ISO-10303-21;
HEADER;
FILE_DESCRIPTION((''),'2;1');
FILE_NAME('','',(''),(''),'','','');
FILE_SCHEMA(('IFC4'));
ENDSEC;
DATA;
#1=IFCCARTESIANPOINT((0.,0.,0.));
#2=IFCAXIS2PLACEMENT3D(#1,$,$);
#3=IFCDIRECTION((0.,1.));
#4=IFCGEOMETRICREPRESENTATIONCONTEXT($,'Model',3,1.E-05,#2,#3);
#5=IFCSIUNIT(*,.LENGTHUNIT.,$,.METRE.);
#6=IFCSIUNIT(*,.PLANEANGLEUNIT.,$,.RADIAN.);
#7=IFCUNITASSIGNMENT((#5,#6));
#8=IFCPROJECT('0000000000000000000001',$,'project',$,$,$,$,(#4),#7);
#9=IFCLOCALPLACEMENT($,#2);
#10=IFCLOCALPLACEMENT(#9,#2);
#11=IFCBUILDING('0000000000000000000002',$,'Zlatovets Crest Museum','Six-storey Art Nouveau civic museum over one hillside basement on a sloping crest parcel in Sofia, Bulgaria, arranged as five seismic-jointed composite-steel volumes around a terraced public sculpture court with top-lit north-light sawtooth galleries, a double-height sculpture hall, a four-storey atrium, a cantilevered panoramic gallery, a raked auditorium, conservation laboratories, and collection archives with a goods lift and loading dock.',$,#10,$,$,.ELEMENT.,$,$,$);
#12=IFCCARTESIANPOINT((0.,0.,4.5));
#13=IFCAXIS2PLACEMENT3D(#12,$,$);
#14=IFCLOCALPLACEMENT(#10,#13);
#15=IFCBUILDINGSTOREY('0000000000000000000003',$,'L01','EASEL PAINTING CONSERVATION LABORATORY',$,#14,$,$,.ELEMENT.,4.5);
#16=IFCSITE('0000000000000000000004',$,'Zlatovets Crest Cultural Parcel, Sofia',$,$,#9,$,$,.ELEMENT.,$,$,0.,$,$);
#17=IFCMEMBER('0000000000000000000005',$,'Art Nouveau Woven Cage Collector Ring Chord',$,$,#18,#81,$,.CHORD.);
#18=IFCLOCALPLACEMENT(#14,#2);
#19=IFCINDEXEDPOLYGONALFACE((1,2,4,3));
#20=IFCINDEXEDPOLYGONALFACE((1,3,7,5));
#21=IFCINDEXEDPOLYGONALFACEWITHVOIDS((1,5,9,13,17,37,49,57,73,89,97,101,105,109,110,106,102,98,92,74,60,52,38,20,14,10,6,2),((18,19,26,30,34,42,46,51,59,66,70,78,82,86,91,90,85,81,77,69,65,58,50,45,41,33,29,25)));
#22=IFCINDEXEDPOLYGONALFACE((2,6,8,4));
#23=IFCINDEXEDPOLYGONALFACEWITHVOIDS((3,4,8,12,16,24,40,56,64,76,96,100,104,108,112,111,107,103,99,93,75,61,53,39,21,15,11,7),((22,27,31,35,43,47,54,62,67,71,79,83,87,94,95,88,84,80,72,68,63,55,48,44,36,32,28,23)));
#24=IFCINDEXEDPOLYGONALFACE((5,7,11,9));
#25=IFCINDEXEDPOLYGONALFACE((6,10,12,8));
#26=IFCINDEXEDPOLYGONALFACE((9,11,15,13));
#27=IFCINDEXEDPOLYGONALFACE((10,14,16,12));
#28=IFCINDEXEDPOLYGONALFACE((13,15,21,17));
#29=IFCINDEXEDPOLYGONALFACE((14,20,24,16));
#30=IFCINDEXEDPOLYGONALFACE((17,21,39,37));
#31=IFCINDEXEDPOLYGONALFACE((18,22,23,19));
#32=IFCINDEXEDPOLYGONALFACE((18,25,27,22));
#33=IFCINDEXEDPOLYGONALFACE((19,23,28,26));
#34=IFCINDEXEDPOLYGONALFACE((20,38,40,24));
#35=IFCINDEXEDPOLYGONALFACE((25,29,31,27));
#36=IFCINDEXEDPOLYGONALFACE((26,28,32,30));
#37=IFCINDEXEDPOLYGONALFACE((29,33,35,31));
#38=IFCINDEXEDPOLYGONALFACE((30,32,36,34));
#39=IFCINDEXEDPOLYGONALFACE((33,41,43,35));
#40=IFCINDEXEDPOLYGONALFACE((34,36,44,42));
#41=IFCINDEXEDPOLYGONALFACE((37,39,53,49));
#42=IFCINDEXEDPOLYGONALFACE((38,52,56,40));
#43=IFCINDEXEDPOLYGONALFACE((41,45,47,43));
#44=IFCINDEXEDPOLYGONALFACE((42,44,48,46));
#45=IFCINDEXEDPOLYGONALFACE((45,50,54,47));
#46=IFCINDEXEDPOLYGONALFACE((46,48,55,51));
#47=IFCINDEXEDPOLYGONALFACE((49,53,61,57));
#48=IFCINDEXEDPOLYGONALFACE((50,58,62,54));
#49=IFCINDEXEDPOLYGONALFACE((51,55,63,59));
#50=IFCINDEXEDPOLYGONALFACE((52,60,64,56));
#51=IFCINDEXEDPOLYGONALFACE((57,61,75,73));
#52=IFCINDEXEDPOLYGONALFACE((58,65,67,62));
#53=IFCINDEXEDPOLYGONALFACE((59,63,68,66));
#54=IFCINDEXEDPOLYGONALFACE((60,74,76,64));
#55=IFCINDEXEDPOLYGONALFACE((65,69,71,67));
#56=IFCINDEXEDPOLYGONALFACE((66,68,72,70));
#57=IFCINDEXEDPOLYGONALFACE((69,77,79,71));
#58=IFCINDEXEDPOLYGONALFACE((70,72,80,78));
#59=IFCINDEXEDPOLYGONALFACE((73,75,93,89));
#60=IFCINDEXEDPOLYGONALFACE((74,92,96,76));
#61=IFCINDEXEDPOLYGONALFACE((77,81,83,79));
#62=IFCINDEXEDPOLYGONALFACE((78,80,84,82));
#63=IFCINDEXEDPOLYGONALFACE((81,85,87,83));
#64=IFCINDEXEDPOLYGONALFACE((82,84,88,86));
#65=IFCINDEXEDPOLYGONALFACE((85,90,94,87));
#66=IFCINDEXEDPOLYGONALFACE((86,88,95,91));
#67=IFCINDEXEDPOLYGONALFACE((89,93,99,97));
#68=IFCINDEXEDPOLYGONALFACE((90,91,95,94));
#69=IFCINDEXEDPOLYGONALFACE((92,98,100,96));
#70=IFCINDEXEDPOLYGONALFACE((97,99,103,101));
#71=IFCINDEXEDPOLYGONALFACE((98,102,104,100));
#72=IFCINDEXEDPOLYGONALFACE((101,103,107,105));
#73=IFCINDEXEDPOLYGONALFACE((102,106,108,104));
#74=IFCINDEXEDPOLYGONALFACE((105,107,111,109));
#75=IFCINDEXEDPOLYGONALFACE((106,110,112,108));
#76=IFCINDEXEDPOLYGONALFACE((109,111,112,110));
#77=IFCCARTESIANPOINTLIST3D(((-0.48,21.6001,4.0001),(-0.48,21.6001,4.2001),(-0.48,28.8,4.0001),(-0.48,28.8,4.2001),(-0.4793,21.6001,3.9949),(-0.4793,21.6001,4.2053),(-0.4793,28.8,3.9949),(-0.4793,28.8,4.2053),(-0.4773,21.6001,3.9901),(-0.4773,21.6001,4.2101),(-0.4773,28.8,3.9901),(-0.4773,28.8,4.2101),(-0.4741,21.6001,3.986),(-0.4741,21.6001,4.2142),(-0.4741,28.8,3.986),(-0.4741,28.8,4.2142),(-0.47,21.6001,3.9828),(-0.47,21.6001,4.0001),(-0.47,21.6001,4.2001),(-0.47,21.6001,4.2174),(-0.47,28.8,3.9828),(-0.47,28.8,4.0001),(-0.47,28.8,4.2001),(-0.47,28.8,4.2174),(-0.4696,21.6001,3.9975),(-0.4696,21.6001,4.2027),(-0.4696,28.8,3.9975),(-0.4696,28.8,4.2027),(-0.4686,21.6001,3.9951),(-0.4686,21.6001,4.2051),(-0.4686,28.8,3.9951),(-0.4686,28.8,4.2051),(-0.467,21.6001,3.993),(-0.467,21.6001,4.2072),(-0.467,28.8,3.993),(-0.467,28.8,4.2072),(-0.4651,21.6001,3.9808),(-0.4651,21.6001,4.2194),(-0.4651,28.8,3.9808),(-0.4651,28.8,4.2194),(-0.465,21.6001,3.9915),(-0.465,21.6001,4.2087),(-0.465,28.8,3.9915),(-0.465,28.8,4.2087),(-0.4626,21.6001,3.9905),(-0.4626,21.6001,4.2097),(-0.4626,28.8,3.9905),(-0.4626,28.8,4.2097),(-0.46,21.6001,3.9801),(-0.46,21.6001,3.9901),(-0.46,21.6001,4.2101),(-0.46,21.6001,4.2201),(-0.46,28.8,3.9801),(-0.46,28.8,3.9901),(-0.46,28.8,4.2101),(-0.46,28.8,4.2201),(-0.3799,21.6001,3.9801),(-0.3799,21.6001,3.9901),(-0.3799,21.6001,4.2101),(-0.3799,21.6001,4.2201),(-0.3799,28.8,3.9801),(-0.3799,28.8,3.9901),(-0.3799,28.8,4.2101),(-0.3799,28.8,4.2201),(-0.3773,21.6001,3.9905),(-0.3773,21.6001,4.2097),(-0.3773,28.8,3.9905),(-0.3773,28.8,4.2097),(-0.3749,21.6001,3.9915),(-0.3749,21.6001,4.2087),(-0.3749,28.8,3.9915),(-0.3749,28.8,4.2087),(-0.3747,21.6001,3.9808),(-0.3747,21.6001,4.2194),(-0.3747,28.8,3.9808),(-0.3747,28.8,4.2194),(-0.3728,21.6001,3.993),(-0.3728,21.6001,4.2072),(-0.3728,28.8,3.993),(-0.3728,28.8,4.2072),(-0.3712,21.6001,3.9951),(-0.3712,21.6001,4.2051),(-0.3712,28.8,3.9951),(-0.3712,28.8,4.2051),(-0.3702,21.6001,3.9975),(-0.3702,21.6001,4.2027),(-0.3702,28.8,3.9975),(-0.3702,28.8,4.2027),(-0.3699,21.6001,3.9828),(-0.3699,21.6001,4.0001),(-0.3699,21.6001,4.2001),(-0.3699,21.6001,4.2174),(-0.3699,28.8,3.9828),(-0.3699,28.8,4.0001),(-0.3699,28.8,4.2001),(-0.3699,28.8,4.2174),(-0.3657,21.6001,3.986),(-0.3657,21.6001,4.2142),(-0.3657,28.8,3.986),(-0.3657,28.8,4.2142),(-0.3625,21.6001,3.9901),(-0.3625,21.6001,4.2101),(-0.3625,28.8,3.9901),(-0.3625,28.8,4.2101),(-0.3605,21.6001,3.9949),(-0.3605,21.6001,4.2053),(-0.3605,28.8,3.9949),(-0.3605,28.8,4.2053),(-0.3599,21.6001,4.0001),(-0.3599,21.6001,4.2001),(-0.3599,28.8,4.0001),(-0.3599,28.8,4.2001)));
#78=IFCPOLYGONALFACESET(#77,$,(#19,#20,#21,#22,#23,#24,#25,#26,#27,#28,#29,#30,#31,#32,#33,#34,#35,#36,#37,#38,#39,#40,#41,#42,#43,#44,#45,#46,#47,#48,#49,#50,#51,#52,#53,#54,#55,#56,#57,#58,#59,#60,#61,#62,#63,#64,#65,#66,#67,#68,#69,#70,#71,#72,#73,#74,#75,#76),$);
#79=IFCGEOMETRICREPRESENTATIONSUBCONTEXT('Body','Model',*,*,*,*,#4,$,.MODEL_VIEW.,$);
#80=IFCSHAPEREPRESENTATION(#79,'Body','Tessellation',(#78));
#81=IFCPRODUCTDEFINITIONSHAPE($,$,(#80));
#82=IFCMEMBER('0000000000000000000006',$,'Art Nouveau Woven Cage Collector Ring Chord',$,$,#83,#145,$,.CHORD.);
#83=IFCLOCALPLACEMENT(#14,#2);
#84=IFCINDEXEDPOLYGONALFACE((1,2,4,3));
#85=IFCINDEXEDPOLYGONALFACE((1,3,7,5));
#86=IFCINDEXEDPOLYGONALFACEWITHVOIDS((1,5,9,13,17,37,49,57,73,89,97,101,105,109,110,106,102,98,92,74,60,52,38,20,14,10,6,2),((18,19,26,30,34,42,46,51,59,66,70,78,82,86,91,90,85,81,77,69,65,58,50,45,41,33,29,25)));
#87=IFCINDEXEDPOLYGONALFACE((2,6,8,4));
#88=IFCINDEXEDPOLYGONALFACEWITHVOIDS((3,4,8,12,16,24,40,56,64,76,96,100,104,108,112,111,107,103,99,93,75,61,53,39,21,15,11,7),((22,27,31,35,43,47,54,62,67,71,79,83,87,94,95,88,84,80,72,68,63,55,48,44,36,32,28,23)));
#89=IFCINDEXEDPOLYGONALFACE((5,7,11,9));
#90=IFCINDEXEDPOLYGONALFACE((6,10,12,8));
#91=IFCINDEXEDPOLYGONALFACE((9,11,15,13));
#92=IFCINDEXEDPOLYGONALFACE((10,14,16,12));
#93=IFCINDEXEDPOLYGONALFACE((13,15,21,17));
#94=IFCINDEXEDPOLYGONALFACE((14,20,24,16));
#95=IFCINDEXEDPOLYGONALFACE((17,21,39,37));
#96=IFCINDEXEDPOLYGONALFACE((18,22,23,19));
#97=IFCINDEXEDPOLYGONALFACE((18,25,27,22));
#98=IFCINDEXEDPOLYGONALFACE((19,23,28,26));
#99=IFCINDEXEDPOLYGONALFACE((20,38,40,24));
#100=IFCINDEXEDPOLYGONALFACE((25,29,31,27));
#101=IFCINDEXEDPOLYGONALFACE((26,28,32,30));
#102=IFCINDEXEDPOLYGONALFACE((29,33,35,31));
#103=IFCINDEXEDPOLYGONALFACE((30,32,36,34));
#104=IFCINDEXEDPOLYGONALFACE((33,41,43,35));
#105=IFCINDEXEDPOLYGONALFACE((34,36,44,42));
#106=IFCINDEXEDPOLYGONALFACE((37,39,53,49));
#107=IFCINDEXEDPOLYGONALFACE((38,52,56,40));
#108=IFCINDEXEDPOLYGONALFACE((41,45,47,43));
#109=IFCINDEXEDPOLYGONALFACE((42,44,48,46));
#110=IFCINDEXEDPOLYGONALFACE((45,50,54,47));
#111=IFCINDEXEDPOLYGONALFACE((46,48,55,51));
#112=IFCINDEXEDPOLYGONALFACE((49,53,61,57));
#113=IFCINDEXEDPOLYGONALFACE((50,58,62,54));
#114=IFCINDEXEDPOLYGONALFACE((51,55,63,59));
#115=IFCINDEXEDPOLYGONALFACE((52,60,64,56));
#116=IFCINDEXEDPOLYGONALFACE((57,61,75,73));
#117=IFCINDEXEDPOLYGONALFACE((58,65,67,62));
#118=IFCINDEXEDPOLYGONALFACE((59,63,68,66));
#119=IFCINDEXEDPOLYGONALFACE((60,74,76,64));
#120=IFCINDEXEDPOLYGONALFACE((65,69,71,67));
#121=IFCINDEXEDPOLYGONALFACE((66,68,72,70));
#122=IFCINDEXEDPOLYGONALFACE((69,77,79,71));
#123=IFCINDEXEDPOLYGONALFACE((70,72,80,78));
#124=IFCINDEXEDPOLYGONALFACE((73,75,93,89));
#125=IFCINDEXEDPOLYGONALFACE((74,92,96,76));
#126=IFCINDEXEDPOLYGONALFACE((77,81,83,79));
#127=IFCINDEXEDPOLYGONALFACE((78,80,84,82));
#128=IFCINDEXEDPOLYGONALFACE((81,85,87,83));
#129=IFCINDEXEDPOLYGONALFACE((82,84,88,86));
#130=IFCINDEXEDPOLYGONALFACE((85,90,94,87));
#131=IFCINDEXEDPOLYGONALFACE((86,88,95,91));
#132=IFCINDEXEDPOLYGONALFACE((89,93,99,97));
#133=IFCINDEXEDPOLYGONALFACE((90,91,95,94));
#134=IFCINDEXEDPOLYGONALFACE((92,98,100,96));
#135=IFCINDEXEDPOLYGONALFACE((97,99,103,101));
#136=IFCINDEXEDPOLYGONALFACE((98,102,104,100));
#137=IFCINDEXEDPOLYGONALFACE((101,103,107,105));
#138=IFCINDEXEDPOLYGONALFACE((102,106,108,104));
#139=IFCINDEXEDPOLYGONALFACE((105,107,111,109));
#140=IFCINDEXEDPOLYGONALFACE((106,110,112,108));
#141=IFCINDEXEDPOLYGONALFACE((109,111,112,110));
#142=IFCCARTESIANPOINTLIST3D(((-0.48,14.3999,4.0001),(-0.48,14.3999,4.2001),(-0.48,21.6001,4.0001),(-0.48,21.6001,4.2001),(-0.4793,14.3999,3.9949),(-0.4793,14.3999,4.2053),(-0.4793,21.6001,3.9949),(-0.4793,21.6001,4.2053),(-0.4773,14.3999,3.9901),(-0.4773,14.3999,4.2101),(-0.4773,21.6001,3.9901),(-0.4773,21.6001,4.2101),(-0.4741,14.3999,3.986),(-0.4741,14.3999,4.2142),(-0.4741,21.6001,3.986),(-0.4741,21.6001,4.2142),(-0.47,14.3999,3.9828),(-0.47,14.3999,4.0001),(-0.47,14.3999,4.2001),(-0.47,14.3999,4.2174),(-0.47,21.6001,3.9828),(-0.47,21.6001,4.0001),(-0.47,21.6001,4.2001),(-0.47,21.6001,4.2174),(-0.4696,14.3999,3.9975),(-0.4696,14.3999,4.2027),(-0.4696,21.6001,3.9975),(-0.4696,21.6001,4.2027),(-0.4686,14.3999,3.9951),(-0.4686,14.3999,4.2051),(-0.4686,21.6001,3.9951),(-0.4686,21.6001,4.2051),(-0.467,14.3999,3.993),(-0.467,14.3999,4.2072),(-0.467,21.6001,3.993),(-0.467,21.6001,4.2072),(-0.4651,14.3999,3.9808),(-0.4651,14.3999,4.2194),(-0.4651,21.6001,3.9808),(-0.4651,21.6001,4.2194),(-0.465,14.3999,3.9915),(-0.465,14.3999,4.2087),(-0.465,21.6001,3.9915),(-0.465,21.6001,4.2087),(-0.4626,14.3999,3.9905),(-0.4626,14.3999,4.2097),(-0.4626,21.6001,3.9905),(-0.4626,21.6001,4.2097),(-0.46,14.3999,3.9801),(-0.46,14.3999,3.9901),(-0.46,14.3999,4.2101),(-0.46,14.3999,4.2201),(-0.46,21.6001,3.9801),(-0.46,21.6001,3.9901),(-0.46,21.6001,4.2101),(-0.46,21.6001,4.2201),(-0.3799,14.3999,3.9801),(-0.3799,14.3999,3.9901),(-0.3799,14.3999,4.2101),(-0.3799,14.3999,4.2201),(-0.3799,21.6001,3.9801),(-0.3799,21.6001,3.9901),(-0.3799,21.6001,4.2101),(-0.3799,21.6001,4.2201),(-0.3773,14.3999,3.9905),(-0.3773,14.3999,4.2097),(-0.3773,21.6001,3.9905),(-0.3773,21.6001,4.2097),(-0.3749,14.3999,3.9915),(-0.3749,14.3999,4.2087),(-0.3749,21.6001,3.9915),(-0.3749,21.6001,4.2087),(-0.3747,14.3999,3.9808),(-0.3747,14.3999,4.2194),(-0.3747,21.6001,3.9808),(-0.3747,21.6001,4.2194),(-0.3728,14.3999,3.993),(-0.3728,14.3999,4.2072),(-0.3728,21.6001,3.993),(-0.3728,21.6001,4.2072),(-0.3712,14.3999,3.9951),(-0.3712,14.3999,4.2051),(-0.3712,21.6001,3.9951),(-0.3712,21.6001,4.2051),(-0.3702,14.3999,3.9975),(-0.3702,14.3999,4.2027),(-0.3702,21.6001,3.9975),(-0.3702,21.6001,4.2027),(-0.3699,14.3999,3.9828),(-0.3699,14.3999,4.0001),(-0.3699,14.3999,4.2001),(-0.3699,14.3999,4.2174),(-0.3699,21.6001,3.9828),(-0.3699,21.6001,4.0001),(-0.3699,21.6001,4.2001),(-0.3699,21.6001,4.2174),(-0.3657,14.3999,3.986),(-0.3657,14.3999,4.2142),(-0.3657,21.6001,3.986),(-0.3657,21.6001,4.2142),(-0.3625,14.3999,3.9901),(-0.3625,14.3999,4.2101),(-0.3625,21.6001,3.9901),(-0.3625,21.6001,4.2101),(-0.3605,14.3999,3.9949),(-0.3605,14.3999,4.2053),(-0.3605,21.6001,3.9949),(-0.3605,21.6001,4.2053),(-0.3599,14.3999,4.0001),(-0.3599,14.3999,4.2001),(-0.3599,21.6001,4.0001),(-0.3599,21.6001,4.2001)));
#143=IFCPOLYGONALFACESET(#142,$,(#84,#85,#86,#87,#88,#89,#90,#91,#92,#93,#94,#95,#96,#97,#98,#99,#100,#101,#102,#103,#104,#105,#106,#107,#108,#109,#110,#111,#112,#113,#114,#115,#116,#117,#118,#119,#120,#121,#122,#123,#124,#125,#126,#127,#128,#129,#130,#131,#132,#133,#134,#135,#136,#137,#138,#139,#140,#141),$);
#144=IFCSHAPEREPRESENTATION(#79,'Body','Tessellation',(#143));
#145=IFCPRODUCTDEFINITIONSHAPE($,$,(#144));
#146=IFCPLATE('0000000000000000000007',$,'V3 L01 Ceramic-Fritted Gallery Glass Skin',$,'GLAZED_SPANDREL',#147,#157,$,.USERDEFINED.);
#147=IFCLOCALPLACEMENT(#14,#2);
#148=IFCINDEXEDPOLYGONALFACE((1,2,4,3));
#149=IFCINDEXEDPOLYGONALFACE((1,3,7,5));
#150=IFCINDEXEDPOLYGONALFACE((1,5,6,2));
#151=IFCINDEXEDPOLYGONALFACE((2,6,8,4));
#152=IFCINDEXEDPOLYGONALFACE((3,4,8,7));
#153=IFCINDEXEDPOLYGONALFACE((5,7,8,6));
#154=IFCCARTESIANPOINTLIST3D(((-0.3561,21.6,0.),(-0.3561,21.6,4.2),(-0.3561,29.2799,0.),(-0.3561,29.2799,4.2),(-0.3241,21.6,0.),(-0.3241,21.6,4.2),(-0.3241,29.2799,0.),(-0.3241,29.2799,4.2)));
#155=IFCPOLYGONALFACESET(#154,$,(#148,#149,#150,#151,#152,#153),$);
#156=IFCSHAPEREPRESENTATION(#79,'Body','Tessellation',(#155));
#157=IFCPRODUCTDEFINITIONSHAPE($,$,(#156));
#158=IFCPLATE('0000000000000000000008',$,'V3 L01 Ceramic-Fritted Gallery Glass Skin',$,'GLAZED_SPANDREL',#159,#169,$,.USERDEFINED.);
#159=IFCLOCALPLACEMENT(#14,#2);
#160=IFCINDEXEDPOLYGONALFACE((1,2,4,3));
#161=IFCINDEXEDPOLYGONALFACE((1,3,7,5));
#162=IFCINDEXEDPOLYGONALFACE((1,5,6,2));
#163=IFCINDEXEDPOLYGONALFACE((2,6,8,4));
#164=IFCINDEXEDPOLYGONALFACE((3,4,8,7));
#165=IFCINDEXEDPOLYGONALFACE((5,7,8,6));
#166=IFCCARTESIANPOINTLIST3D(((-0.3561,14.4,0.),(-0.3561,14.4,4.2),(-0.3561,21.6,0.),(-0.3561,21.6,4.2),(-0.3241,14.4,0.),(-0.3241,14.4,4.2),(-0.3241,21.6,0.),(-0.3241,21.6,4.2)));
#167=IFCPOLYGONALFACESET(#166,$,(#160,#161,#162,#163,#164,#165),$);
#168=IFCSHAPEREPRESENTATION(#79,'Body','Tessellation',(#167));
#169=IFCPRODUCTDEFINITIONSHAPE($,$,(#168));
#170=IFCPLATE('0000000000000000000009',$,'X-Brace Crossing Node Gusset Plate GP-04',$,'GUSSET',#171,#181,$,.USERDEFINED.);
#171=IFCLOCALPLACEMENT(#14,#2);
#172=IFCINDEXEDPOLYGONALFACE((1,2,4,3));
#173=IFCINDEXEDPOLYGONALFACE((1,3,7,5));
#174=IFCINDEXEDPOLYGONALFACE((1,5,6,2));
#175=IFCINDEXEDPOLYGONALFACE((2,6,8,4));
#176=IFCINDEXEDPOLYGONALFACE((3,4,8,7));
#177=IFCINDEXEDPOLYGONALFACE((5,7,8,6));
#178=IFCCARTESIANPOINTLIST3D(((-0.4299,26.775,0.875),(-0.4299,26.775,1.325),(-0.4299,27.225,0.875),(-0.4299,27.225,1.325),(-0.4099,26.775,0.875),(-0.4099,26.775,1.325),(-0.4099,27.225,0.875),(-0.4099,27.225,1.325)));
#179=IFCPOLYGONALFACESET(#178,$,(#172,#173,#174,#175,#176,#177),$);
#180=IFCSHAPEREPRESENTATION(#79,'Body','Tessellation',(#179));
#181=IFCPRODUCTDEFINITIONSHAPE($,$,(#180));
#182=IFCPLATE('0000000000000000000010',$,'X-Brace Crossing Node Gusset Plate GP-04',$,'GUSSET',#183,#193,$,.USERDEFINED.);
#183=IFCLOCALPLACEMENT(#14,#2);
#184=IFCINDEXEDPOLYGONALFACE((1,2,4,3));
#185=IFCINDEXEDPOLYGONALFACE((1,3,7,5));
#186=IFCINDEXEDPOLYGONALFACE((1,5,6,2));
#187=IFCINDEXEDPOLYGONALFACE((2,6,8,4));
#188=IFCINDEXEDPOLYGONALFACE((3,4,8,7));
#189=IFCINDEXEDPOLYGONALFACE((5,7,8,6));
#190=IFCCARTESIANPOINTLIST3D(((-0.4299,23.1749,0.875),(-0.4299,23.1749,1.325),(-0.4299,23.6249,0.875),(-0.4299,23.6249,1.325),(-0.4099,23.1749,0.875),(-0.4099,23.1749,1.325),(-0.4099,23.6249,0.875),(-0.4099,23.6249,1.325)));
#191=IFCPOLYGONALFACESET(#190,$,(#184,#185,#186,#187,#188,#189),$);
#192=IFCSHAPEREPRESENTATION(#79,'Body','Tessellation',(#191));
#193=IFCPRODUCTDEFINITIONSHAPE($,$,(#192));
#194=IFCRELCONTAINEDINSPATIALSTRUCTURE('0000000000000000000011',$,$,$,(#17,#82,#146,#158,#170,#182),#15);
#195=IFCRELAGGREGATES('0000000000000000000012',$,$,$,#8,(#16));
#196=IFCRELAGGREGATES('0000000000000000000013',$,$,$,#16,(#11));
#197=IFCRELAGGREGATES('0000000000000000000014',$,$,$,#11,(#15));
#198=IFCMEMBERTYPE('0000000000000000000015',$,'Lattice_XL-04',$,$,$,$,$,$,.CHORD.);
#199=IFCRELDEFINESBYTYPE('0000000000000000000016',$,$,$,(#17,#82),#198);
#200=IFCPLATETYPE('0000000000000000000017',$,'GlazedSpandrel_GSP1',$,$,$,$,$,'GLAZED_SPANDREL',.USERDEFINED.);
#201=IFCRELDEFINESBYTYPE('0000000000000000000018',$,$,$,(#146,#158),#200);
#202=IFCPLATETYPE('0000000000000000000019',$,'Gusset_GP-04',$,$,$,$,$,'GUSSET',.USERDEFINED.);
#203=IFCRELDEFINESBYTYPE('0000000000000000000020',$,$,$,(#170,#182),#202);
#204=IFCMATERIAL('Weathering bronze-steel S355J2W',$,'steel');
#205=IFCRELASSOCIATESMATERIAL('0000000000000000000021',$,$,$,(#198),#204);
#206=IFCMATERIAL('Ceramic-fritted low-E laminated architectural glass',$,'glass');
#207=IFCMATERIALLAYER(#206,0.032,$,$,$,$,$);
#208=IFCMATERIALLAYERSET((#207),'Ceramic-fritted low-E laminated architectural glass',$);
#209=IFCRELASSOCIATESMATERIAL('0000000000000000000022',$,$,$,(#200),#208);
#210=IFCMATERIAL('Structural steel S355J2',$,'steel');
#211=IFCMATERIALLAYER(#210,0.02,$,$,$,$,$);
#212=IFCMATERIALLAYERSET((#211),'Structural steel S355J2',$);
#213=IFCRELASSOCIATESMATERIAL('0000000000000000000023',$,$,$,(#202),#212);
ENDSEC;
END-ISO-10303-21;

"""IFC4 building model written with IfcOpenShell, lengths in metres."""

from ifc_helpers import new_model, si_unit, direction, frame, origin, origin_2d, place, context, subcontext, project, spatial, rectangle, hollow_rectangle, extrude, material, layer, layer_set, material_profile, profile_set, type_object, element, save


model = new_model("IFC4")

# Units and contexts
model_context = context("Model", 3, precision=1e-05, world=origin(), true_north=direction((0.0, 1.0)))
body_context = subcontext(model_context, "Body", "Model", "MODEL_VIEW")
ifc_project = project(units=[si_unit("LENGTHUNIT", "METRE"), si_unit("PLANEANGLEUNIT", "RADIAN")], contexts=[model_context])

# Site, building, storey
site_placement = place(None, origin())
site = spatial("IfcSite", under=ifc_project, at=site_placement, Name="Zlatovets Crest Cultural Parcel, Sofia", CompositionType="ELEMENT", RefElevation=0.0)
building_placement = place(site_placement, origin())
building = spatial("IfcBuilding", under=site, at=building_placement, Name="Zlatovets Crest Museum", Description="Six-storey Art Nouveau civic museum over one hillside basement on a sloping crest parcel in Sofia, Bulgaria, arranged as five seismic-jointed composite-steel volumes around a terraced public sculpture court with top-lit north-light sawtooth galleries, a double-height sculpture hall, a four-storey atrium, a cantilevered panoramic gallery, a raked auditorium, conservation laboratories, and collection archives with a goods lift and loading dock.", CompositionType="ELEMENT")
storey_placement = place(building_placement, frame((0.0, 0.0, 4.5)))
storey = spatial("IfcBuildingStorey", under=building, at=storey_placement, Name="L01", Description="EASEL PAINTING CONSERVATION LABORATORY", CompositionType="ELEMENT", Elevation=4.5)

# Shared definitions
ifc_material_1 = material(Name="Structural steel S355J2", Category="steel")

# Members
ifc_material_2 = material(Name="Weathering bronze-steel S355J2W", Category="steel")
ifc_material_profile_1 = material_profile(ifc_material_2, hollow_rectangle(XDim=0.1201, YDim=0.24, WallThickness=0.01, InnerFilletRadius=0.01, OuterFilletRadius=0.02, at=origin_2d()), Name="RHS 120x240x10.0")
ifc_profile_set_1 = profile_set([ifc_material_profile_1], Name="Weathering bronze-steel S355J2W")
member_type_1 = type_object("IfcMemberType", Name="Lattice_XL-04", PredefinedType="CHORD", material=ifc_profile_set_1)
member_1_placement = place(storey_placement, frame((-0.4199, 28.8, 4.1001), z_axis=(0.0, -1.0, 0.0), x_axis=(1.0, 0.0, 0.0)))
element("IfcMember", 1, at=member_1_placement, inside=storey, type_object=member_type_1, Name="Art Nouveau Woven Cage Collector Ring Chord", PredefinedType="CHORD", context=body_context, shape_type="SweptSolid", body=[
    extrude(hollow_rectangle(XDim=0.1201, YDim=0.24, WallThickness=0.01, InnerFilletRadius=0.01, OuterFilletRadius=0.02, at=origin_2d()), origin(), (0.0, 0.0, 1.0), 7.2),
])
member_2_placement = place(storey_placement, frame((-0.4199, 21.6001, 4.1001), z_axis=(0.0, -1.0, 0.0), x_axis=(1.0, 0.0, 0.0)))
element("IfcMember", 2, at=member_2_placement, inside=storey, type_object=member_type_1, Name="Art Nouveau Woven Cage Collector Ring Chord", PredefinedType="CHORD", context=body_context, shape_type="SweptSolid", body=[
    extrude(hollow_rectangle(XDim=0.1201, YDim=0.24, WallThickness=0.01, InnerFilletRadius=0.01, OuterFilletRadius=0.02, at=origin_2d()), origin(), (0.0, 0.0, 1.0), 7.2002),
])

# Plates
ifc_material_3 = material(Name="Ceramic-fritted low-E laminated architectural glass", Category="glass")
ifc_layer_1 = layer(ifc_material_3, 0.032)
ifc_layer_set_1 = layer_set([ifc_layer_1], Name="Ceramic-fritted low-E laminated architectural glass")
plate_type_1 = type_object("IfcPlateType", Name="GlazedSpandrel_GSP1", ElementType="GLAZED_SPANDREL", PredefinedType="USERDEFINED", material=ifc_layer_set_1)
plate_1_placement = place(storey_placement, frame((-0.3401, 25.4399, 0.0), z_axis=(0.0, 0.0, 1.0), x_axis=(0.0, 1.0, 0.0)))
element("IfcPlate", 3, at=plate_1_placement, inside=storey, type_object=plate_type_1, Name="V3 L01 Ceramic-Fritted Gallery Glass Skin", ObjectType="GLAZED_SPANDREL", PredefinedType="USERDEFINED", context=body_context, shape_type="SweptSolid", body=[
    extrude(rectangle(XDim=7.6799, YDim=0.032, at=origin_2d()), origin(), (0.0, 0.0, 1.0), 4.2),
])
plate_2_placement = place(storey_placement, frame((-0.3401, 18.0, 0.0), z_axis=(0.0, 0.0, 1.0), x_axis=(0.0, 1.0, 0.0)))
element("IfcPlate", 4, at=plate_2_placement, inside=storey, type_object=plate_type_1, Name="V3 L01 Ceramic-Fritted Gallery Glass Skin", ObjectType="GLAZED_SPANDREL", PredefinedType="USERDEFINED", context=body_context, shape_type="SweptSolid", body=[
    extrude(rectangle(XDim=7.2, YDim=0.032, at=origin_2d()), origin(), (0.0, 0.0, 1.0), 4.2),
])
ifc_layer_2 = layer(ifc_material_1, 0.02)
ifc_layer_set_2 = layer_set([ifc_layer_2], Name="Structural steel S355J2")
plate_type_2 = type_object("IfcPlateType", Name="Gusset_GP-04", ElementType="GUSSET", PredefinedType="USERDEFINED", material=ifc_layer_set_2)
for number, where, z_axis, x_axis, name in (
    (5, (-0.4199, 27.0, 0.875), (0.0, 0.0, 1.0), (1.0, 0.0, 0.0), "X-Brace Crossing Node Gusset Plate GP-04"),
    (6, (-0.4199, 23.3999, 0.875), (0.0, 0.0, 1.0), (1.0, 0.0, 0.0), "X-Brace Crossing Node Gusset Plate GP-04"),
):
    element("IfcPlate", number, at=place(storey_placement, frame(where, z_axis=z_axis, x_axis=x_axis)), inside=storey, type_object=plate_type_2, Name=name, ObjectType="GUSSET", PredefinedType="USERDEFINED", context=body_context, shape_type="SweptSolid", body=[
        extrude(rectangle(XDim=0.02, YDim=0.45, at=origin_2d()), origin(), (0.0, 0.0, 1.0), 0.45),
    ])

save(model, "model.ifc")
